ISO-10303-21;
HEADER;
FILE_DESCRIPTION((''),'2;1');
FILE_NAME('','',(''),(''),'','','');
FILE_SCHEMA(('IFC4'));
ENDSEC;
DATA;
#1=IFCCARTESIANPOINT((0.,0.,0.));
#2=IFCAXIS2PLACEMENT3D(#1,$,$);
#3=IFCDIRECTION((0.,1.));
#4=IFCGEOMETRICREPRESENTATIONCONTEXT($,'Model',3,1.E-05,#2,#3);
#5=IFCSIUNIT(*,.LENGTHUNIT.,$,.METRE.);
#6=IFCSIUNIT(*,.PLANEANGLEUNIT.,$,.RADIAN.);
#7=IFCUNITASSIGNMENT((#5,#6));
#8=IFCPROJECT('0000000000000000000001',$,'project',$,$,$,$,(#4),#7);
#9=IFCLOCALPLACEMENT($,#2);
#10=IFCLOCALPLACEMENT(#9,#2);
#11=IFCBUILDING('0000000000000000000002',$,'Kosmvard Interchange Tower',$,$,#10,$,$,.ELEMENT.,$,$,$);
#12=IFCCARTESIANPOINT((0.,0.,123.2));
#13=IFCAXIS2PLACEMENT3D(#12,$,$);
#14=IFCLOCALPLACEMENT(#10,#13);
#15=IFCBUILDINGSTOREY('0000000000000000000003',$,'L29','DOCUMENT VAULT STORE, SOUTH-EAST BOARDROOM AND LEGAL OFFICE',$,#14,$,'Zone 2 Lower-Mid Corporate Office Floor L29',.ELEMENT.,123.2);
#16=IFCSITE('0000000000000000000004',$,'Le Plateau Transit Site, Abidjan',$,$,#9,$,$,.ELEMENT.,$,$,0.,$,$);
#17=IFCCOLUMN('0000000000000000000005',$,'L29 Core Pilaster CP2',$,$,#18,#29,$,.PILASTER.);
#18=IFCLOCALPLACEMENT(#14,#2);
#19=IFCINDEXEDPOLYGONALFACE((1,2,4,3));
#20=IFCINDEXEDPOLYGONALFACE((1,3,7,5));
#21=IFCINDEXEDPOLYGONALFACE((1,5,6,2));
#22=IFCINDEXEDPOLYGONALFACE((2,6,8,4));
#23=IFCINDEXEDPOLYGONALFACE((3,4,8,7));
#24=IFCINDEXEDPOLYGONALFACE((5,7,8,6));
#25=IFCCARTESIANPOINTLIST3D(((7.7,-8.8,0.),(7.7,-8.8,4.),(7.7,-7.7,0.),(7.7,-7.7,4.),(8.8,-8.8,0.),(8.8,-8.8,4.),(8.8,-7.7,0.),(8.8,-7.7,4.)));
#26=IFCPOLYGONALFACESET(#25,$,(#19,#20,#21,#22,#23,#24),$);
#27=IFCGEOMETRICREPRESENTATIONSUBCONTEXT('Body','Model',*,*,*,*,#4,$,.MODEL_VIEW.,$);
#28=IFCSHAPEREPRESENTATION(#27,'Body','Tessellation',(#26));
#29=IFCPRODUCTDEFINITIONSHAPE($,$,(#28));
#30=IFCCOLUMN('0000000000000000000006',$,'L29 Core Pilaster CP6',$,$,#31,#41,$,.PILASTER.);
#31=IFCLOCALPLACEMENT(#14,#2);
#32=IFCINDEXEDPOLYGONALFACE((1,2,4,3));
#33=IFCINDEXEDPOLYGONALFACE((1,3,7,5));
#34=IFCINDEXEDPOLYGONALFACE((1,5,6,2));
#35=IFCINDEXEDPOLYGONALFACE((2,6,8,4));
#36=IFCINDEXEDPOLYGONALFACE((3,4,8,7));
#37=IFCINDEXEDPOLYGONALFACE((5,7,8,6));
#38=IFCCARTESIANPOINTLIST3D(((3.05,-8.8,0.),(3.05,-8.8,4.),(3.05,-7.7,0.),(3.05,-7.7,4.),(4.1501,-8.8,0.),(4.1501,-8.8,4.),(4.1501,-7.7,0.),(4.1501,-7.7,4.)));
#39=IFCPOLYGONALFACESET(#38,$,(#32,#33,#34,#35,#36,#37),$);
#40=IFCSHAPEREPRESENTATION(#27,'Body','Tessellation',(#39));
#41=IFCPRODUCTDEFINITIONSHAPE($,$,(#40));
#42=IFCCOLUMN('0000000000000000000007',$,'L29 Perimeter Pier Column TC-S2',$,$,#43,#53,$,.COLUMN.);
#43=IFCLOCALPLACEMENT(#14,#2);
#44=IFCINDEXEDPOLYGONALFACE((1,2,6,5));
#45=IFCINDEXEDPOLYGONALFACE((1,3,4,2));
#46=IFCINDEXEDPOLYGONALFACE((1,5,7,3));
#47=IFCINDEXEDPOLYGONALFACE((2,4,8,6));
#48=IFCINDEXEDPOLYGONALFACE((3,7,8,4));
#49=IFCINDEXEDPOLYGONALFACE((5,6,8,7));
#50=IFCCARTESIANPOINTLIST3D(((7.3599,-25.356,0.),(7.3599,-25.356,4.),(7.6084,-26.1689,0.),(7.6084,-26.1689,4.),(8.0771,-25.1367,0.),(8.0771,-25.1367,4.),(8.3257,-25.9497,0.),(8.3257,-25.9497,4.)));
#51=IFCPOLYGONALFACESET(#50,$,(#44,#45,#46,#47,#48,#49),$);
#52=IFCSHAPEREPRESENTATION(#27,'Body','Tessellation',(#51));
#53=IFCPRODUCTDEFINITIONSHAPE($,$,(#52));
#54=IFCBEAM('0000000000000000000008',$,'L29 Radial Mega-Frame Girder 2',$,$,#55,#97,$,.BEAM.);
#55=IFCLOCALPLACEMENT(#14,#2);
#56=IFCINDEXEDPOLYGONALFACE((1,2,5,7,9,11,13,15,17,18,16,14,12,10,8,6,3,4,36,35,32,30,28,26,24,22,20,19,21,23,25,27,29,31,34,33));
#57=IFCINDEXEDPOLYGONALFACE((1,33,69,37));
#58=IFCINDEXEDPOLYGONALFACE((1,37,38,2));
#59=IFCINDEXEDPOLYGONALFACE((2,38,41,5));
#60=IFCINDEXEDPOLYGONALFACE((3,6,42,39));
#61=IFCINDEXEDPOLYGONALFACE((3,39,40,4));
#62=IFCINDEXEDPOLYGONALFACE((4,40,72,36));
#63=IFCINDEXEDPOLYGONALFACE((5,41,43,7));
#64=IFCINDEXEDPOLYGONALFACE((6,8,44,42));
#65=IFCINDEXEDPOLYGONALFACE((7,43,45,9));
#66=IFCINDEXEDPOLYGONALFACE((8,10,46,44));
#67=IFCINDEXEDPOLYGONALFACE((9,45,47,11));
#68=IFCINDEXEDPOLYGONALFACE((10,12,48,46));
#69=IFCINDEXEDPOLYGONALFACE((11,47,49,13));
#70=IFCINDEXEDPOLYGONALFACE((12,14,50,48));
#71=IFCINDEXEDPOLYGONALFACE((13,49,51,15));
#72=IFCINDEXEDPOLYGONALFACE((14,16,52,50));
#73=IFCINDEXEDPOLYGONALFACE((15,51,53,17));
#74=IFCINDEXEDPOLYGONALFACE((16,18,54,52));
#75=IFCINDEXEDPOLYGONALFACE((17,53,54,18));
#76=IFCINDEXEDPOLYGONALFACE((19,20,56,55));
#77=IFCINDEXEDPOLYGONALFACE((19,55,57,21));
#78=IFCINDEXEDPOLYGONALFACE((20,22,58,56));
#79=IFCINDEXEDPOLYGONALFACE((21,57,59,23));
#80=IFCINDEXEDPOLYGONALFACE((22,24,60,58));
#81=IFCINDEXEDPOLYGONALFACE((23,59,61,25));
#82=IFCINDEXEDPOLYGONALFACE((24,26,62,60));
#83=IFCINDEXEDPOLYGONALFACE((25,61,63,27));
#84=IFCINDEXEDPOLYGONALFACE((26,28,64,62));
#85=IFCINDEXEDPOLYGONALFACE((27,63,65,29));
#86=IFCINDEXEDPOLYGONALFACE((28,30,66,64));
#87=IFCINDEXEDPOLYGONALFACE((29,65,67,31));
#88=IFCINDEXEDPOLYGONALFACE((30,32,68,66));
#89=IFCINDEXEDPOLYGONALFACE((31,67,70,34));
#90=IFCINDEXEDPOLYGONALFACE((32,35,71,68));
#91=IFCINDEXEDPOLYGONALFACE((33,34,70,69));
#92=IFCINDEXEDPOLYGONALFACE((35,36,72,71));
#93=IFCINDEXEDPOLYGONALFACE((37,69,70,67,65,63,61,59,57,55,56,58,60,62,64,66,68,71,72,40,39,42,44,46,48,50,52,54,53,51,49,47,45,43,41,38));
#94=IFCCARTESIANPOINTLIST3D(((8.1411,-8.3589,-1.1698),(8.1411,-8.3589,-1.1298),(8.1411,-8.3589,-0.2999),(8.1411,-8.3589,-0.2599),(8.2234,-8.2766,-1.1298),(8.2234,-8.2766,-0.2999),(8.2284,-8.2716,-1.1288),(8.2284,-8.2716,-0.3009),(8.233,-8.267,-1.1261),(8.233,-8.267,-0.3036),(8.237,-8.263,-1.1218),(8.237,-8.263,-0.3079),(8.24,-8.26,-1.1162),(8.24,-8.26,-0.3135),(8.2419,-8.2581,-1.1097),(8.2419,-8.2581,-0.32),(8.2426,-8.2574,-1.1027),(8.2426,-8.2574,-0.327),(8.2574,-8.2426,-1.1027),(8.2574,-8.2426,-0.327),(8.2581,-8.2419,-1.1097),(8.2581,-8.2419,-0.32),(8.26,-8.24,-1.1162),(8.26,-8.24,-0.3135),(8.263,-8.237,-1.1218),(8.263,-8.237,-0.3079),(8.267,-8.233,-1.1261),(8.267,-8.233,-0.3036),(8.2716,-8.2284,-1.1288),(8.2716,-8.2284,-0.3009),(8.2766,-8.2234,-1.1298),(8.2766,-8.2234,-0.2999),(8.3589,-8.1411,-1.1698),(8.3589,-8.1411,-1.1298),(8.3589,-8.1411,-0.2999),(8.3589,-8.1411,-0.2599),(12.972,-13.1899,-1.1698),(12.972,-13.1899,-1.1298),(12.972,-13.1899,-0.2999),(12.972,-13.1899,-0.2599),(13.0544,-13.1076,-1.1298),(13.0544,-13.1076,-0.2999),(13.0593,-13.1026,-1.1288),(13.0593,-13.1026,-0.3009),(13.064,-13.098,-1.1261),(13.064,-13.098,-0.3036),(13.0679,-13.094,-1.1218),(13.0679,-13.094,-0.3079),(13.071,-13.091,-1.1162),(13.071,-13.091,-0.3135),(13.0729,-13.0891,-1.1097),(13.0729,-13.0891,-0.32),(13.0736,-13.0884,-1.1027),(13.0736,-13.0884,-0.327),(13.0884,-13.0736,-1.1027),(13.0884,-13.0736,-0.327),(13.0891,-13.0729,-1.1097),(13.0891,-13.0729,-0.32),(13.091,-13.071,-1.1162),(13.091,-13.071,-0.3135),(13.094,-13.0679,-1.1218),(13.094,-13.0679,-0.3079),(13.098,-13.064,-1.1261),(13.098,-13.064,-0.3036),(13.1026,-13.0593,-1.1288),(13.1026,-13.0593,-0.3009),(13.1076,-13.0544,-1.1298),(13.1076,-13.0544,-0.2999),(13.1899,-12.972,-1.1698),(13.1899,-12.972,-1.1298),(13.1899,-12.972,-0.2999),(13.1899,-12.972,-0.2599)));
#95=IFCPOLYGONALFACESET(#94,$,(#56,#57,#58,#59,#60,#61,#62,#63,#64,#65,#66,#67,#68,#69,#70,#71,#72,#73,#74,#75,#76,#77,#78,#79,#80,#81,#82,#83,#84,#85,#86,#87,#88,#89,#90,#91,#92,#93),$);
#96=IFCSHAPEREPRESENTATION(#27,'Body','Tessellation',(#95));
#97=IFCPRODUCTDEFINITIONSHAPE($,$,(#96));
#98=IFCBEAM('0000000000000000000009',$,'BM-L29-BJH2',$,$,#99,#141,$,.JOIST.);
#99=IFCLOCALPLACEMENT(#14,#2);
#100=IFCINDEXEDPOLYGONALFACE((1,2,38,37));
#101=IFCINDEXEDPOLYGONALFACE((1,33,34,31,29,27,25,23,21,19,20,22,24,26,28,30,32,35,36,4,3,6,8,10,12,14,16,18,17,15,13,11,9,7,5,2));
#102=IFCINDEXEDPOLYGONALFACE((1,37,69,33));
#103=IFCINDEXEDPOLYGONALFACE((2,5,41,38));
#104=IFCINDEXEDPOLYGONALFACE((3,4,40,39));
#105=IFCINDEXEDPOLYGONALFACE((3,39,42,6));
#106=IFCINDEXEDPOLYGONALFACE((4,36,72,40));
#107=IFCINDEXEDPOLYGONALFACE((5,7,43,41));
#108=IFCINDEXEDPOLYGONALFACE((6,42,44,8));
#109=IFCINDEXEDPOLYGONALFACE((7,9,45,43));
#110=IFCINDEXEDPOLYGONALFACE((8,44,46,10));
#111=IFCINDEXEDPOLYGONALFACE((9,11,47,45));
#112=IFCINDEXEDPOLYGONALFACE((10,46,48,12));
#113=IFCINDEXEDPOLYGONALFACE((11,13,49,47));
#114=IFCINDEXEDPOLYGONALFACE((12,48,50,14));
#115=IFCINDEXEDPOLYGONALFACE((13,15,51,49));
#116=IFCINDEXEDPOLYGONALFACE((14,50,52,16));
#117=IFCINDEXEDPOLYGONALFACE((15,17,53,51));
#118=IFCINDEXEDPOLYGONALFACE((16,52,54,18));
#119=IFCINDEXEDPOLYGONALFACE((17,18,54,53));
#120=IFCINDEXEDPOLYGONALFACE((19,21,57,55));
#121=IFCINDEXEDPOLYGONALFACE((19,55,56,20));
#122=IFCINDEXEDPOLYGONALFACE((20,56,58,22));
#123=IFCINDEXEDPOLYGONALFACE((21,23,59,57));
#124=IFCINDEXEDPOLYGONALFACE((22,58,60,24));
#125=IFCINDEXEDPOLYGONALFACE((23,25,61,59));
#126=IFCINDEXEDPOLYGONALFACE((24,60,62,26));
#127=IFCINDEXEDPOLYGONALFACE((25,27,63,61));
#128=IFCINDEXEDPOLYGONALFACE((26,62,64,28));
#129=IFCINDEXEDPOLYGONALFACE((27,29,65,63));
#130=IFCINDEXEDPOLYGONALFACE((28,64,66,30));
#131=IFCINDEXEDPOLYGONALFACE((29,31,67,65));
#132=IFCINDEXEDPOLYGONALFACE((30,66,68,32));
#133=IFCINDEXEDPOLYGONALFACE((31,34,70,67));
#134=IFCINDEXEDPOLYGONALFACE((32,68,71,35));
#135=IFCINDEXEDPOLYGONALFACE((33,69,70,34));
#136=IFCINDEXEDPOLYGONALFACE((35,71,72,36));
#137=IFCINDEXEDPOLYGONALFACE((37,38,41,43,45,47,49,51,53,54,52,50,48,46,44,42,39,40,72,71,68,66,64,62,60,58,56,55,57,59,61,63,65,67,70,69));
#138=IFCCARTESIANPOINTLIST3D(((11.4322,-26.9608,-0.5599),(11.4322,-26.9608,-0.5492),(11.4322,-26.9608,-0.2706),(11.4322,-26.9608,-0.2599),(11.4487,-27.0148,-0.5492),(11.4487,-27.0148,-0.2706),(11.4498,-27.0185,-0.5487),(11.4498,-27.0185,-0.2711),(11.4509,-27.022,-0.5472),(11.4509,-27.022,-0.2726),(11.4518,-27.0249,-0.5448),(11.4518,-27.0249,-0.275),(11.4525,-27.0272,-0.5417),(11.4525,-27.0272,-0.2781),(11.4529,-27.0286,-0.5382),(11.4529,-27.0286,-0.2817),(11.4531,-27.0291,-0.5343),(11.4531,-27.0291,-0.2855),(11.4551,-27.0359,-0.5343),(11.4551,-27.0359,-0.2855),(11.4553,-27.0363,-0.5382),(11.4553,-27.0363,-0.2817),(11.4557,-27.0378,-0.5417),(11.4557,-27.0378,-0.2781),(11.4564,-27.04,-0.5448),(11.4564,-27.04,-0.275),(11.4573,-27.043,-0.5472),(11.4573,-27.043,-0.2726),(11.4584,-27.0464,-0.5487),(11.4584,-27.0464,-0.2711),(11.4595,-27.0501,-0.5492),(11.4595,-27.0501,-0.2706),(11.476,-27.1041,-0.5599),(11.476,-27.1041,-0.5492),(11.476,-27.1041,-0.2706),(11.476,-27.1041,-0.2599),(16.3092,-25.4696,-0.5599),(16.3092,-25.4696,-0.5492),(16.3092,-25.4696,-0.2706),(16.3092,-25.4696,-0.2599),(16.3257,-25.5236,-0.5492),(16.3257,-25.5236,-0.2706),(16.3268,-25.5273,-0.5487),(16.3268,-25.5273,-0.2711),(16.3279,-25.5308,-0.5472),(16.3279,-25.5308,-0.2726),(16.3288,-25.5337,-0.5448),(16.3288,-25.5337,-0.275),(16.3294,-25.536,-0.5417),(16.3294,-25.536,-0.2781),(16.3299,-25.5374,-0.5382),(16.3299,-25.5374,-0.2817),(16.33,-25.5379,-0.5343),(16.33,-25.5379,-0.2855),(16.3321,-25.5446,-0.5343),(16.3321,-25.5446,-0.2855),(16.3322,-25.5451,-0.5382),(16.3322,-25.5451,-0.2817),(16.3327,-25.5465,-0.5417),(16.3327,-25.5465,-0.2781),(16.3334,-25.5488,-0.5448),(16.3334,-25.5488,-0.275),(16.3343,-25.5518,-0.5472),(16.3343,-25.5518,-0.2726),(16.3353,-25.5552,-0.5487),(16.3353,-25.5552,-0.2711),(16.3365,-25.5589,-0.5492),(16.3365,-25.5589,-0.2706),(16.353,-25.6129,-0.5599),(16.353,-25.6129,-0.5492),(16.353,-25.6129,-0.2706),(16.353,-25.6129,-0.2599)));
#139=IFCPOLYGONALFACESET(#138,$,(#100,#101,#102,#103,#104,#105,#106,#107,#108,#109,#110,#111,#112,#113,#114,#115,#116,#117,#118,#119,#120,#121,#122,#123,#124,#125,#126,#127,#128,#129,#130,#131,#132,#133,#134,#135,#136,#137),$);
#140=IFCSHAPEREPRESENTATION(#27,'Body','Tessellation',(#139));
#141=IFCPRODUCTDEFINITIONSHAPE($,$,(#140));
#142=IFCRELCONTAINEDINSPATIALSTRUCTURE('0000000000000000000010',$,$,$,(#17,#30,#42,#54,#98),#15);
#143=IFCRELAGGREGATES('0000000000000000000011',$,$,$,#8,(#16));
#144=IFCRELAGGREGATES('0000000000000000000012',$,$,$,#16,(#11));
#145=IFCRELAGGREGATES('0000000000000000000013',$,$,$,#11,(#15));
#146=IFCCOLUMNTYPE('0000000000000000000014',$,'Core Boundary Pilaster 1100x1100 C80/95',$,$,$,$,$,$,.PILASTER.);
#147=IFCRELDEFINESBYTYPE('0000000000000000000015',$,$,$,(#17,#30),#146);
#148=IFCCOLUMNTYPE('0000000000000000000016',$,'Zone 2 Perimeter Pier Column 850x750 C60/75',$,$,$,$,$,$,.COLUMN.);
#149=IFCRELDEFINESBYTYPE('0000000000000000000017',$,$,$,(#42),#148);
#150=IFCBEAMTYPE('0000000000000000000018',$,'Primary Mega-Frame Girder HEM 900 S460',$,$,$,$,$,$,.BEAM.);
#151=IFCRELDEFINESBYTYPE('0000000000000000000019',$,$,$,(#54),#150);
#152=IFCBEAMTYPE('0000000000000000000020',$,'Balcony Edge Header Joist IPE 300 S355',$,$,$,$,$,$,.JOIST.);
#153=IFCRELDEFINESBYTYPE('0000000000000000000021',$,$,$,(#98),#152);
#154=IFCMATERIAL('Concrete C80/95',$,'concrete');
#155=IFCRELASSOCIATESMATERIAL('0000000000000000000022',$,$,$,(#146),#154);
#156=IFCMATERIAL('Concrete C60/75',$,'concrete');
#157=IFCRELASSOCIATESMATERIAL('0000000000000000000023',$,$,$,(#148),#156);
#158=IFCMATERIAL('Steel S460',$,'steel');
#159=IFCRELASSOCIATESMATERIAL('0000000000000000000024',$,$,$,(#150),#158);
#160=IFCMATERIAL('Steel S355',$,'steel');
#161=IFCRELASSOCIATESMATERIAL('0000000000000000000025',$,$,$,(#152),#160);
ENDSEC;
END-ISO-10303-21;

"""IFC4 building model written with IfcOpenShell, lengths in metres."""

from ifc_helpers import new_model, si_unit, direction, frame, origin, origin_2d, place, context, subcontext, project, spatial, rectangle, i_section, extrude, source, transform, mapped, material, material_profile, profile_set, type_object, element, save


model = new_model("IFC4")

# Units and contexts
model_context = context("Model", 3, precision=1e-05, world=origin(), true_north=direction((0.0, 1.0)))
body_context = subcontext(model_context, "Body", "Model", "MODEL_VIEW")
ifc_project = project(units=[si_unit("LENGTHUNIT", "METRE"), si_unit("PLANEANGLEUNIT", "RADIAN")], contexts=[model_context])

# Site, building, storey
site_placement = place(None, origin())
site = spatial("IfcSite", under=ifc_project, at=site_placement, Name="Le Plateau Transit Site, Abidjan", CompositionType="ELEMENT", RefElevation=0.0)
building_placement = place(site_placement, origin())
building = spatial("IfcBuilding", under=site, at=building_placement, Name="Kosmvard Interchange Tower", CompositionType="ELEMENT")
storey_placement = place(building_placement, frame((0.0, 0.0, 123.2)))
storey = spatial("IfcBuildingStorey", under=building, at=storey_placement, Name="L29", Description="DOCUMENT VAULT STORE, SOUTH-EAST BOARDROOM AND LEGAL OFFICE", LongName="Zone 2 Lower-Mid Corporate Office Floor L29", CompositionType="ELEMENT", Elevation=123.2)

# Columns
ifc_material_1 = material(Name="Concrete C80/95", Category="concrete")
ifc_material_profile_1 = material_profile(ifc_material_1, rectangle(XDim=1.1001, YDim=1.1001, at=origin_2d()), Name="CP 1100x1100")
ifc_profile_set_1 = profile_set([ifc_material_profile_1], Name="Concrete C80/95")
column_type_1 = type_object("IfcColumnType", Name="Core Boundary Pilaster 1100x1100 C80/95", PredefinedType="PILASTER", material=ifc_profile_set_1)
shared_shape_1 = source(origin(), body_context, "Body", "SweptSolid", [
    extrude(rectangle(XDim=1.1001, YDim=1.1001, at=origin_2d()), origin(), (0.0, 0.0, 1.0), 4.0),
])
for number, where, z_axis, x_axis, name in (
    (1, (8.25, -8.25, 0.0), (0.0, 0.0, 1.0), (1.0, 0.0, 0.0), "L29 Core Pilaster CP2"),
    (2, (3.6001, -8.25, 0.0), (0.0, 0.0, 1.0), (1.0, 0.0, 0.0), "L29 Core Pilaster CP6"),
):
    element("IfcColumn", number, at=place(storey_placement, frame(where, z_axis=z_axis, x_axis=x_axis)), inside=storey, type_object=column_type_1, Name=name, PredefinedType="PILASTER", context=body_context, shape_type="MappedRepresentation", body=[
        mapped(shared_shape_1, transform((0.0, 0.0, 0.0), scale=1.0)),
    ])
ifc_material_2 = material(Name="Concrete C60/75", Category="concrete")
ifc_material_profile_2 = material_profile(ifc_material_2, rectangle(XDim=0.75, YDim=0.8501, at=origin_2d()), Name="TC 850x750")
ifc_profile_set_2 = profile_set([ifc_material_profile_2], Name="Concrete C60/75")
column_type_2 = type_object("IfcColumnType", Name="Zone 2 Perimeter Pier Column 850x750 C60/75", PredefinedType="COLUMN", material=ifc_profile_set_2)
shared_shape_2 = source(origin(), body_context, "Body", "SweptSolid", [
    extrude(rectangle(XDim=0.75, YDim=0.8501, at=origin_2d()), origin(), (0.0, 0.0, 1.0), 4.0),
])
column_placement = place(storey_placement, frame((7.8428, -25.6528, 0.0), z_axis=(0.0, 0.0, 1.0), x_axis=(0.956305, 0.292372, 0.0)))
element("IfcColumn", 3, at=column_placement, inside=storey, type_object=column_type_2, Name="L29 Perimeter Pier Column TC-S2", PredefinedType="COLUMN", context=body_context, shape_type="MappedRepresentation", body=[
    mapped(shared_shape_2, transform((0.0, 0.0, 0.0), scale=1.0)),
])

# Beams
ifc_material_3 = material(Name="Steel S460", Category="steel")
ifc_material_profile_3 = material_profile(ifc_material_3, i_section(OverallWidth=0.3081, OverallDepth=0.9099, WebThickness=0.021, FlangeThickness=0.04, FilletRadius=0.0271, at=origin_2d()), Name="HEM 900")
ifc_profile_set_3 = profile_set([ifc_material_profile_3], Name="Steel S460")
beam_type_1 = type_object("IfcBeamType", Name="Primary Mega-Frame Girder HEM 900 S460", PredefinedType="BEAM", material=ifc_profile_set_3)
shared_shape_3 = source(origin(), body_context, "Body", "SweptSolid", [
    extrude(i_section(OverallWidth=0.3081, OverallDepth=0.9099, WebThickness=0.021, FlangeThickness=0.04, FilletRadius=0.0271, at=origin_2d()), origin(), (0.0, 0.0, 1.0), 6.832),
])
beam_1_placement = place(storey_placement, frame((8.25, -8.25, -0.7148), z_axis=(0.707107, -0.707107, 0.0), x_axis=(0.707107, 0.707107, 0.0)))
element("IfcBeam", 4, at=beam_1_placement, inside=storey, type_object=beam_type_1, Name="L29 Radial Mega-Frame Girder 2", PredefinedType="BEAM", context=body_context, shape_type="MappedRepresentation", body=[
    mapped(shared_shape_3, transform((0.0, 0.0, 0.0), scale=1.0)),
])
ifc_material_4 = material(Name="Steel S355", Category="steel")
ifc_material_profile_4 = material_profile(ifc_material_4, i_section(OverallWidth=0.1499, OverallDepth=0.3, WebThickness=0.0071, FlangeThickness=0.0107, FilletRadius=0.0149, at=origin_2d()), Name="IPE 300")
ifc_profile_set_4 = profile_set([ifc_material_profile_4], Name="Steel S355")
beam_type_2 = type_object("IfcBeamType", Name="Balcony Edge Header Joist IPE 300 S355", PredefinedType="JOIST", material=ifc_profile_set_4)
shared_shape_4 = source(origin(), body_context, "Body", "SweptSolid", [
    extrude(i_section(OverallWidth=0.1499, OverallDepth=0.3, WebThickness=0.0071, FlangeThickness=0.0107, FilletRadius=0.0149, at=origin_2d()), origin(), (0.0, 0.0, 1.0), 5.0999),
])
beam_2_placement = place(storey_placement, frame((11.4541, -27.0325, -0.4099), z_axis=(0.956295, 0.292403, 0.0), x_axis=(-0.292403, 0.956295, 0.0)))
element("IfcBeam", 5, at=beam_2_placement, inside=storey, type_object=beam_type_2, Name="BM-L29-BJH2", PredefinedType="JOIST", context=body_context, shape_type="MappedRepresentation", body=[
    mapped(shared_shape_4, transform((0.0, 0.0, 0.0), scale=1.0)),
])

save(model, "model.ifc")
